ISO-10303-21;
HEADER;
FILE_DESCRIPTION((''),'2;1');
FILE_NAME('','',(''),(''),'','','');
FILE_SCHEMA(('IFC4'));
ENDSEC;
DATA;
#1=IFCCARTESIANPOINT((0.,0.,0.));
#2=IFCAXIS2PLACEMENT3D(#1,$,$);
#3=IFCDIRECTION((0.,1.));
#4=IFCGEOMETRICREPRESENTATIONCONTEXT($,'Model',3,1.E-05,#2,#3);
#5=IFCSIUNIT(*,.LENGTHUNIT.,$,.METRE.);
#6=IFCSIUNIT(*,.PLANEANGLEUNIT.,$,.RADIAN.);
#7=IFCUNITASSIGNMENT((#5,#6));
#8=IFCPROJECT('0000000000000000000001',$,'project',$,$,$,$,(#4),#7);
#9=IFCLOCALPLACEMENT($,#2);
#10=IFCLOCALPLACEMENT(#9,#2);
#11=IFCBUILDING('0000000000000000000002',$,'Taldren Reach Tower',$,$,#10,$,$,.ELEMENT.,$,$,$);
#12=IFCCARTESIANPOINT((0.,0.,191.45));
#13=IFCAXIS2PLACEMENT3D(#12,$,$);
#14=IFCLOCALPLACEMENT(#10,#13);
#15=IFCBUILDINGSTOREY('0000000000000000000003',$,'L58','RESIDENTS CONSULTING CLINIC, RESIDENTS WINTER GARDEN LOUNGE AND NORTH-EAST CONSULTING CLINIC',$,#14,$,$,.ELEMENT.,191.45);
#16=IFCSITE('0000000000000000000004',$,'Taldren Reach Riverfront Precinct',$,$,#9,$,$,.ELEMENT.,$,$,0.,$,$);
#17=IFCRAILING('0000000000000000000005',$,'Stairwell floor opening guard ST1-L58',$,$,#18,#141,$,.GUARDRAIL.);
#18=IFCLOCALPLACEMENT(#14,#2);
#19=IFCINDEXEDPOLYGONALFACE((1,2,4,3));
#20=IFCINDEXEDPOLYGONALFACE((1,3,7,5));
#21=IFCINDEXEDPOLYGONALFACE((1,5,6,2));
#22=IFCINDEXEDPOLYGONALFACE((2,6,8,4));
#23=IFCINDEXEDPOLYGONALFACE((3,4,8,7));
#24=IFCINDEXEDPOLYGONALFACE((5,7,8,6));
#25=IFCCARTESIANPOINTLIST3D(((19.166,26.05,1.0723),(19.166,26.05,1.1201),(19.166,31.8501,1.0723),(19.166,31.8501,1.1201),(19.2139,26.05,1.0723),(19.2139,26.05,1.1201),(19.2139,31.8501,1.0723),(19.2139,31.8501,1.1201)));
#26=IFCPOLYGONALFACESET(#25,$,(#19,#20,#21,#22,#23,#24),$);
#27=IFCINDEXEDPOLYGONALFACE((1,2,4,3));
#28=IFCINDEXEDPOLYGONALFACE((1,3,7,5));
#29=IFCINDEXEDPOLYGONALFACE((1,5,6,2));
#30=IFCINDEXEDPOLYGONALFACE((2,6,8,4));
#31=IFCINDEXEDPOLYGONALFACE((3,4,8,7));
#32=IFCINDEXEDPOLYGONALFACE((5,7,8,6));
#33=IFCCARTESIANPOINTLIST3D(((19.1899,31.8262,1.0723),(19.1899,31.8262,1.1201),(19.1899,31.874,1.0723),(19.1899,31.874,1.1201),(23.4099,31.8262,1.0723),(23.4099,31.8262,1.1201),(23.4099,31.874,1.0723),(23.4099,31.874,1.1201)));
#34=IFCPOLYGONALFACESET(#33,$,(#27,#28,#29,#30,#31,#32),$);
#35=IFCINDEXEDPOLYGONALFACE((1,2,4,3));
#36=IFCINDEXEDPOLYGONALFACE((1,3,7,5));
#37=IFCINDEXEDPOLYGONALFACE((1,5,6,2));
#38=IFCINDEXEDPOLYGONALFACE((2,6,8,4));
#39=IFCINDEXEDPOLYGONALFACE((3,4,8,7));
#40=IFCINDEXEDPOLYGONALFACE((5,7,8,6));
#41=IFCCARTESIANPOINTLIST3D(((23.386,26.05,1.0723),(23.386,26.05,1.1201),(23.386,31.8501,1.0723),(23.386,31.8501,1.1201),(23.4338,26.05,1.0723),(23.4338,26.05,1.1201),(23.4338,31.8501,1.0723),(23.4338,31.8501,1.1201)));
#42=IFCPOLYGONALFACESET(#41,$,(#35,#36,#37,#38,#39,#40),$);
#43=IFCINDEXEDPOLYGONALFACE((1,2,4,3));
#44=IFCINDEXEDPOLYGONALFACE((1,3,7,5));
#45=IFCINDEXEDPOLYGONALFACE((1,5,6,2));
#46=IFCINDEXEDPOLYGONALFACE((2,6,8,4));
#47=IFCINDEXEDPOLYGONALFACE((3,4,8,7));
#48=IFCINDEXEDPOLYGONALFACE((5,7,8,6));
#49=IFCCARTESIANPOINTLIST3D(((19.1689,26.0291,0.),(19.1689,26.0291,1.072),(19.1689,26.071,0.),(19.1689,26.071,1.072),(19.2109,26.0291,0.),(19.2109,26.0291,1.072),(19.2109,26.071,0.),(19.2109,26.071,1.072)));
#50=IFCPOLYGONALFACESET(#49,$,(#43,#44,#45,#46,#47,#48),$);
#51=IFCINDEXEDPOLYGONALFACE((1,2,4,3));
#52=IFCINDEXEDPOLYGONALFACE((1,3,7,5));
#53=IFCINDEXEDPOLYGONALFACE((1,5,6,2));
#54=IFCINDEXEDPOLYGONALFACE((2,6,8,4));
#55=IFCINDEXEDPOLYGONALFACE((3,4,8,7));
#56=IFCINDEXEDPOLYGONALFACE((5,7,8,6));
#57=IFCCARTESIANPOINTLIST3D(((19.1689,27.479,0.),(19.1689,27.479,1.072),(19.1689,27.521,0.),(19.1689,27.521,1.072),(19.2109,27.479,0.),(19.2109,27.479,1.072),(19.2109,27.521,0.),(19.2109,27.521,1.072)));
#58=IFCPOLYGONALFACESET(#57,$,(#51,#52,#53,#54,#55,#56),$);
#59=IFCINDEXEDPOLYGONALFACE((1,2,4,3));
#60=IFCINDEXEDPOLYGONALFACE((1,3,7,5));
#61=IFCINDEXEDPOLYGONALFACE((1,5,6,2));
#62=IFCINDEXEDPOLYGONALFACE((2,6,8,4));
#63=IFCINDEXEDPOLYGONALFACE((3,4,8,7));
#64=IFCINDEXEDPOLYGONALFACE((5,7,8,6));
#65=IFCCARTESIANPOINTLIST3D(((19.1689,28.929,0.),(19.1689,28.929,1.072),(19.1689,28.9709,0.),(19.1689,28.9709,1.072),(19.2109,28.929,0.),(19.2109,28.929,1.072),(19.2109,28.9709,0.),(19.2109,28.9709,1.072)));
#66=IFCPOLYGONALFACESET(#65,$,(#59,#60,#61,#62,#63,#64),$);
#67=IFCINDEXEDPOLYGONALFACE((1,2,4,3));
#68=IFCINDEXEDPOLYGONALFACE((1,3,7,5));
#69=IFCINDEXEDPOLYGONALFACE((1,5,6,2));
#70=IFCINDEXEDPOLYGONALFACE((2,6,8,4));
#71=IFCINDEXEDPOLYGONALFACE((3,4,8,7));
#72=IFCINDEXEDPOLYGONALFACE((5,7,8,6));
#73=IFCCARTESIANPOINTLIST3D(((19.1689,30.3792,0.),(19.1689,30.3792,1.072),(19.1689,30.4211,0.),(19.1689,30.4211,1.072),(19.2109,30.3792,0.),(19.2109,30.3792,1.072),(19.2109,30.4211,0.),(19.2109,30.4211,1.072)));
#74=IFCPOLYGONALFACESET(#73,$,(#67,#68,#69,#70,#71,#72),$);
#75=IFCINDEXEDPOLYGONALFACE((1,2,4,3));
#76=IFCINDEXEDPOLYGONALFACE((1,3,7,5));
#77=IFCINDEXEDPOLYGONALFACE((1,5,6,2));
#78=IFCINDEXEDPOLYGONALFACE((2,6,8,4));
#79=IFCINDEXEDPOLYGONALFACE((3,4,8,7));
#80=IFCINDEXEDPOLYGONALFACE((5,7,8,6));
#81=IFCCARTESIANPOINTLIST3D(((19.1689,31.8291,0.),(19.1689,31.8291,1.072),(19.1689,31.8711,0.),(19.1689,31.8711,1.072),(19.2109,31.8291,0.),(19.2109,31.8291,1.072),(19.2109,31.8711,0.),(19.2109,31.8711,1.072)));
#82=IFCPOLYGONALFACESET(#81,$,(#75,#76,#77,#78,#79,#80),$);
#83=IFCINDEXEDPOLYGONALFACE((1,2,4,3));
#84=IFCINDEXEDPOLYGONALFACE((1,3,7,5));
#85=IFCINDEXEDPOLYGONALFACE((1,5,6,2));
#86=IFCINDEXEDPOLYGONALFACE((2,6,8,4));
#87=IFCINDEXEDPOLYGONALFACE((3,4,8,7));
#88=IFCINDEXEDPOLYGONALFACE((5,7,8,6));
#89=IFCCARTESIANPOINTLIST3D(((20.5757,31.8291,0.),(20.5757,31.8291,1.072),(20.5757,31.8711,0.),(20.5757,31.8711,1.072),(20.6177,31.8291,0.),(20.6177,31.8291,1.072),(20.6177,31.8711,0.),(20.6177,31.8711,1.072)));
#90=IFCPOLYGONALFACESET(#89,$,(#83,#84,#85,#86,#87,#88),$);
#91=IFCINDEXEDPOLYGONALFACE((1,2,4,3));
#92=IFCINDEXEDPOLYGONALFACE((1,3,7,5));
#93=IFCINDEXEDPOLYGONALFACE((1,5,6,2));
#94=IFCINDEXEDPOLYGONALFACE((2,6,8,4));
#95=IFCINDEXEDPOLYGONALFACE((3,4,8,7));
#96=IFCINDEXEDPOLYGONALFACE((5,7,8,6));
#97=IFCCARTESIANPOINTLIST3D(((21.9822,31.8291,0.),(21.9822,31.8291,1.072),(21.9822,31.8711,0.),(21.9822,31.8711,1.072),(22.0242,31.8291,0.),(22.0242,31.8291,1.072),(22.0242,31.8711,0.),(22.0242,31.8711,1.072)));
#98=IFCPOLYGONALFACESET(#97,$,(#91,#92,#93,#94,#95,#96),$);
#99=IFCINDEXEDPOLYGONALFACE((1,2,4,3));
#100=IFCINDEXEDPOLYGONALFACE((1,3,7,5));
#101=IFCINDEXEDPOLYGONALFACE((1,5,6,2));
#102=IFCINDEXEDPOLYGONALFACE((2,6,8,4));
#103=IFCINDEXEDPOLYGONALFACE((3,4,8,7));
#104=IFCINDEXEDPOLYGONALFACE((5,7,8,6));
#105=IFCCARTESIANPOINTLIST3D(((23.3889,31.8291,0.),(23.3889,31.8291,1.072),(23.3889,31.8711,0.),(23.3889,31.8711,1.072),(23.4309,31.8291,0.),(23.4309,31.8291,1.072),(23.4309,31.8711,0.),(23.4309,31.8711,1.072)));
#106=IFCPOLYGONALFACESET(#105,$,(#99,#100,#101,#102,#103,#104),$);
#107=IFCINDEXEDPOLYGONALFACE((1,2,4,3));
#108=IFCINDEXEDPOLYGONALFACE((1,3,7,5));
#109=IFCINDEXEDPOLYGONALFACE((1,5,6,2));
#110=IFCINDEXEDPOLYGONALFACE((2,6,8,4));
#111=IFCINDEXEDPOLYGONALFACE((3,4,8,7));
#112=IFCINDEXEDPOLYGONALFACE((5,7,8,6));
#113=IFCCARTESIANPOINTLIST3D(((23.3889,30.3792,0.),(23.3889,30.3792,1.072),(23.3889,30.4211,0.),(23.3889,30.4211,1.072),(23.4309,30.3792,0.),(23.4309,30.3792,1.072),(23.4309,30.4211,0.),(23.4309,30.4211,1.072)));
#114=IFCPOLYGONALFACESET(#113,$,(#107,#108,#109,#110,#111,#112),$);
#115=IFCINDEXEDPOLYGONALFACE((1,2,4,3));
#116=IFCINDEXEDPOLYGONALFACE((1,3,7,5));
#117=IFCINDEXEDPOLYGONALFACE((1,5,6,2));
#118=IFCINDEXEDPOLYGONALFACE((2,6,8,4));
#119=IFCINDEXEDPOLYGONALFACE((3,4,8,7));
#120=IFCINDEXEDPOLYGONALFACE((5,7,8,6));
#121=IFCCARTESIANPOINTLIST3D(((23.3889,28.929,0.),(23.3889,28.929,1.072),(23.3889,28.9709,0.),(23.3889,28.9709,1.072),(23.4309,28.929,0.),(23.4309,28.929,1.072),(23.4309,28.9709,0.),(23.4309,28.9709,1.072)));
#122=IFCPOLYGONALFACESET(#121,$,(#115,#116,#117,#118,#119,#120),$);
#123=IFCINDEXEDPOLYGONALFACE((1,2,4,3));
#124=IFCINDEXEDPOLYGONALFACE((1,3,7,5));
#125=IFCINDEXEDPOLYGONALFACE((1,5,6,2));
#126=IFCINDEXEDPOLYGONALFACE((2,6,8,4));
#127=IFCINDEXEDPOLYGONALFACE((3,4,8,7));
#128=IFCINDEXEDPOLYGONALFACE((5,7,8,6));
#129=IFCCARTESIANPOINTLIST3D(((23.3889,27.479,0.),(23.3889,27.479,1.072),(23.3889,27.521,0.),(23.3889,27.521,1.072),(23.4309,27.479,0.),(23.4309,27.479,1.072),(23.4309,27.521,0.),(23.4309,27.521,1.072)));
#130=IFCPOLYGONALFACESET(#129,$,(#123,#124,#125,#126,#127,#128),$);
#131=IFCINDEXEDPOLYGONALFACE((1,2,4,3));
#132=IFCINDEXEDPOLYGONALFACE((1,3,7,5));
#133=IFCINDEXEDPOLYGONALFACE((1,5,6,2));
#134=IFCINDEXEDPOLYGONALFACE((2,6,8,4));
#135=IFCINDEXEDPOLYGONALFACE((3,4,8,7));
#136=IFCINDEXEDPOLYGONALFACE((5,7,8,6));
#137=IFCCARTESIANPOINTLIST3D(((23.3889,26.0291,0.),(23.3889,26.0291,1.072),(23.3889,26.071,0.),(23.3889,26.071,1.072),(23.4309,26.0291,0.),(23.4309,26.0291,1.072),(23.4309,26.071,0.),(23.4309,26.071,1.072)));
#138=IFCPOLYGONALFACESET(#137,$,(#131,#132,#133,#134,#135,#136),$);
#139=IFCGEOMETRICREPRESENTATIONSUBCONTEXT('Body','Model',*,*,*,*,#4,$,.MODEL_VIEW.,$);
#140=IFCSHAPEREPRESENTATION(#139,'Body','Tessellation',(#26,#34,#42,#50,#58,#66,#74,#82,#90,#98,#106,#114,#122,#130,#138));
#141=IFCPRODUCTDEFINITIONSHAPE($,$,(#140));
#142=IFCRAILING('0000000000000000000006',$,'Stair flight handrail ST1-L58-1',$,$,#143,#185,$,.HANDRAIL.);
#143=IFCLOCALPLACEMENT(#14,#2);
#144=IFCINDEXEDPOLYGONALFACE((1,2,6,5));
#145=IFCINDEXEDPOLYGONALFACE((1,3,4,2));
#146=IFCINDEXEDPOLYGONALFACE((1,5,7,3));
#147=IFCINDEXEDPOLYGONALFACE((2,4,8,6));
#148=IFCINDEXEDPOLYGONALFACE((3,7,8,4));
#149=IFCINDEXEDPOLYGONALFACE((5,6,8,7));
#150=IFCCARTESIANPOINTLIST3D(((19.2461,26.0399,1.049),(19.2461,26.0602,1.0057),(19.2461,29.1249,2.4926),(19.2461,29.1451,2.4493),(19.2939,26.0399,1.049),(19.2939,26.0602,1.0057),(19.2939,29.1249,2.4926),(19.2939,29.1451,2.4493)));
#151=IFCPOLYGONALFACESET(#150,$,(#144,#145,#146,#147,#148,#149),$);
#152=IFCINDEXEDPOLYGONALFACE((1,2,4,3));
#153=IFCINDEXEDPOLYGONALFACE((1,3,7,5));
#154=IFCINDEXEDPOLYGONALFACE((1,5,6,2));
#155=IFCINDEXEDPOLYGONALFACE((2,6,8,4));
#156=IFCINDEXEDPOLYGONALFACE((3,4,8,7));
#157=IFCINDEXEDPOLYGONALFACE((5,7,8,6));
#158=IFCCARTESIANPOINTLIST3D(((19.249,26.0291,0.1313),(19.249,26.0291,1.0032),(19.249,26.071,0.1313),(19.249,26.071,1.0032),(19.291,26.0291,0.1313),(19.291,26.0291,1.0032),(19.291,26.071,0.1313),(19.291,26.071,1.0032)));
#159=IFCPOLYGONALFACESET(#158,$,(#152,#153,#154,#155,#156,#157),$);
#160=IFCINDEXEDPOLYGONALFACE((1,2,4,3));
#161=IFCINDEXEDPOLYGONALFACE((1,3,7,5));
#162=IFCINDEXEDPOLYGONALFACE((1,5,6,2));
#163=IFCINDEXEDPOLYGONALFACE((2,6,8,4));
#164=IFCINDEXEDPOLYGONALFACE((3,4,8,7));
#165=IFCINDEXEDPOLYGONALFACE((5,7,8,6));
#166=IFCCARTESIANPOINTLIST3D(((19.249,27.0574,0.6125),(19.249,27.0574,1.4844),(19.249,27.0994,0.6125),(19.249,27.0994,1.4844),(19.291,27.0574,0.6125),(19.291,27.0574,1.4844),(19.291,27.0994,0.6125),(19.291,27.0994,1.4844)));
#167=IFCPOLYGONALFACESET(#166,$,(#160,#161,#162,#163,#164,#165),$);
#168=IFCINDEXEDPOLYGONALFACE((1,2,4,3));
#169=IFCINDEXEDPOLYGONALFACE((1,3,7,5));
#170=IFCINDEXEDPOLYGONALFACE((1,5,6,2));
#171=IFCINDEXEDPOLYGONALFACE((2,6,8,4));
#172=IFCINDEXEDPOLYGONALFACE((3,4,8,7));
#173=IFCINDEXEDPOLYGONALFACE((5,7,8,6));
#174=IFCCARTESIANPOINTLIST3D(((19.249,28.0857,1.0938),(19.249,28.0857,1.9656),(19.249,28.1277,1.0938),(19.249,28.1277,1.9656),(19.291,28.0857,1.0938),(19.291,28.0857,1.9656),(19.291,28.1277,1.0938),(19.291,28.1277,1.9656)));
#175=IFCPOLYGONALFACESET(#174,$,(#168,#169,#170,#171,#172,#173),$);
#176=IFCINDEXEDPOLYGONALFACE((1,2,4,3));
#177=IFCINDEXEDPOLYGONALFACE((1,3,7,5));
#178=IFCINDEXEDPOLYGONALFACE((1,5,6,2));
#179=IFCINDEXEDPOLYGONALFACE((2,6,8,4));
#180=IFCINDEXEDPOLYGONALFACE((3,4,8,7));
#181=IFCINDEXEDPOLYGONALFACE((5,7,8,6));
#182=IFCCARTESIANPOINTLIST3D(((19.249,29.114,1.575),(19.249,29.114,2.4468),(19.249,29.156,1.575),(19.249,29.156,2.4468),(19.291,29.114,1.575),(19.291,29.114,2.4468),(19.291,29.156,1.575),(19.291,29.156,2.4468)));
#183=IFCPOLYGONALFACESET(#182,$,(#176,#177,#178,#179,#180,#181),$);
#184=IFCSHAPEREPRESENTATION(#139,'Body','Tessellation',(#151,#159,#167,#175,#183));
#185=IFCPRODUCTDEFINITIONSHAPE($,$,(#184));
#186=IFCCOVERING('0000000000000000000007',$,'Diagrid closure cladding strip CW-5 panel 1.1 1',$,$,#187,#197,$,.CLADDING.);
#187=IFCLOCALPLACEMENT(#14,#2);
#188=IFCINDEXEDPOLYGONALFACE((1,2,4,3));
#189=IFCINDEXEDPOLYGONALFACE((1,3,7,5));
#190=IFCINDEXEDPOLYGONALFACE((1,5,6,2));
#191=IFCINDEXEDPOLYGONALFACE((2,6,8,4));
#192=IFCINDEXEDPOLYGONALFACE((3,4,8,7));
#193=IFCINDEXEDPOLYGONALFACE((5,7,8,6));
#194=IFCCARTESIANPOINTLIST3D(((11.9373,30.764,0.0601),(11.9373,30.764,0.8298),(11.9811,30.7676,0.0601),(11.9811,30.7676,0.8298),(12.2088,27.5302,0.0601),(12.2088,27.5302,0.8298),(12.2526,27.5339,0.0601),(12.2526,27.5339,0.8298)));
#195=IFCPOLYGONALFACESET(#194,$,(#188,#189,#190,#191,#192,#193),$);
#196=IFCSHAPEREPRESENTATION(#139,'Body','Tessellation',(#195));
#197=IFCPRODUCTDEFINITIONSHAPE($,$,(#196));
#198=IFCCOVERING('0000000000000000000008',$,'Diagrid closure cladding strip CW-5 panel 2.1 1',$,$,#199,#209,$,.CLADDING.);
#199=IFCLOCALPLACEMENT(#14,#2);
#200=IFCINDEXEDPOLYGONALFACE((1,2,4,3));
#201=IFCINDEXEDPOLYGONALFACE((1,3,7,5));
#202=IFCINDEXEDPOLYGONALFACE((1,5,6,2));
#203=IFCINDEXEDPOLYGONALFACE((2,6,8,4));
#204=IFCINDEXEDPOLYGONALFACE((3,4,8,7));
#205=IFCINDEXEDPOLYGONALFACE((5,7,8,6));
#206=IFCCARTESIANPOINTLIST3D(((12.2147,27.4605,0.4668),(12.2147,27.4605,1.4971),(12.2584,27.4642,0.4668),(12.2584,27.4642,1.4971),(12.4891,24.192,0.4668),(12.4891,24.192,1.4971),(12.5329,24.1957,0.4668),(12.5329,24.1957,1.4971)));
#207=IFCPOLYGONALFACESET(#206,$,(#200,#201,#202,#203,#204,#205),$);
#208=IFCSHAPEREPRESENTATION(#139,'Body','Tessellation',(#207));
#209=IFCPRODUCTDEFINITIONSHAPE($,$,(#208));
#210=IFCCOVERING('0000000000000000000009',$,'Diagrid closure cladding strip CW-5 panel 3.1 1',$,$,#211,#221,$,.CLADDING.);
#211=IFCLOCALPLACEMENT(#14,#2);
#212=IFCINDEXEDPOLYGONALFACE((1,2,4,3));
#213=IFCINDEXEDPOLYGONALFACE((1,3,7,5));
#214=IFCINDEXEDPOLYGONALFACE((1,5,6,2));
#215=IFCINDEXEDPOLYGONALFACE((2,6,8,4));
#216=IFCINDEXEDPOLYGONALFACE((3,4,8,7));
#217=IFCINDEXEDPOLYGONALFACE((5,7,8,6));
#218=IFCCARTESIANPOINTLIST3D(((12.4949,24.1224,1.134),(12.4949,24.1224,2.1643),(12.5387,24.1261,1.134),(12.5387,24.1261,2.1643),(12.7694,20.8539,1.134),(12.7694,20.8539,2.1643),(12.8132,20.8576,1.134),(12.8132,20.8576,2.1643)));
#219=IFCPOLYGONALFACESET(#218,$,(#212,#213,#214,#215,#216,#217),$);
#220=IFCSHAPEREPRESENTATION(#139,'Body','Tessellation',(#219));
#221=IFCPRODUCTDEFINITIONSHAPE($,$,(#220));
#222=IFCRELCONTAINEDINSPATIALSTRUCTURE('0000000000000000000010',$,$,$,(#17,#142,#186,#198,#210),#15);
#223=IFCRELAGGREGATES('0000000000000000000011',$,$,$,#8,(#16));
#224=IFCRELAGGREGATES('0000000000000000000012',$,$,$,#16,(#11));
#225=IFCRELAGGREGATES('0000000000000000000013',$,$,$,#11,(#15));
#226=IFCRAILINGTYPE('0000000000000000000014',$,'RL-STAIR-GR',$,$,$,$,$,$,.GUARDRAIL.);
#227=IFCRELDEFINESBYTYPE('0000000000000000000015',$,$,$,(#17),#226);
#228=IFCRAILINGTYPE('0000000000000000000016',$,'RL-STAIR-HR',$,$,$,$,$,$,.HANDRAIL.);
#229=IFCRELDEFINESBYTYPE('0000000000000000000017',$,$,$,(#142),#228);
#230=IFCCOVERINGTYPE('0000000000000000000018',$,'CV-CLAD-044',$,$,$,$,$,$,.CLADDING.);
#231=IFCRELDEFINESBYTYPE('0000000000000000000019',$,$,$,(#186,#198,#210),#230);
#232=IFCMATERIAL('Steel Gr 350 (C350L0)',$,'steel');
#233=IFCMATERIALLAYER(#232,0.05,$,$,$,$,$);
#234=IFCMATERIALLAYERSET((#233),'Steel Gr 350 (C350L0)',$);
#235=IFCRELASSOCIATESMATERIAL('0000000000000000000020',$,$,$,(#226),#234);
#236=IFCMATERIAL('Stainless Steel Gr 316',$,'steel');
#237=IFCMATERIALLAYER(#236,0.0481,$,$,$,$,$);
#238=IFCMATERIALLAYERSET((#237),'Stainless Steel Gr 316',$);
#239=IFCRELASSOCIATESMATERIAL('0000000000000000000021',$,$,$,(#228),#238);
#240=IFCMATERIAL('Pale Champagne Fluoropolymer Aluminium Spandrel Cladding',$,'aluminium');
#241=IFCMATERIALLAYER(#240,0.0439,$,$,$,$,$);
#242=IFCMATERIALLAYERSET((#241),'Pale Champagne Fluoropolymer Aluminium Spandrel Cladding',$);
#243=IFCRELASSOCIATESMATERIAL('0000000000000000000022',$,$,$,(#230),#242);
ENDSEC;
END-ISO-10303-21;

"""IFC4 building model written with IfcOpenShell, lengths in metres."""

from ifc_helpers import new_model, si_unit, direction, frame, origin, origin_2d, place, context, subcontext, project, spatial, rectangle, extrude, source, transform, mapped, material, layer, layer_set, type_object, element, save


model = new_model("IFC4")

# Units and contexts
model_context = context("Model", 3, precision=1e-05, world=origin(), true_north=direction((0.0, 1.0)))
body_context = subcontext(model_context, "Body", "Model", "MODEL_VIEW")
ifc_project = project(units=[si_unit("LENGTHUNIT", "METRE"), si_unit("PLANEANGLEUNIT", "RADIAN")], contexts=[model_context])

# Site, building, storey
site_placement = place(None, origin())
site = spatial("IfcSite", under=ifc_project, at=site_placement, Name="Taldren Reach Riverfront Precinct", CompositionType="ELEMENT", RefElevation=0.0)
building_placement = place(site_placement, origin())
building = spatial("IfcBuilding", under=site, at=building_placement, Name="Taldren Reach Tower", CompositionType="ELEMENT")
storey_placement = place(building_placement, frame((0.0, 0.0, 191.45)))
storey = spatial("IfcBuildingStorey", under=building, at=storey_placement, Name="L58", Description="RESIDENTS CONSULTING CLINIC, RESIDENTS WINTER GARDEN LOUNGE AND NORTH-EAST CONSULTING CLINIC", CompositionType="ELEMENT", Elevation=191.45)

# Shared definitions
ifc_material_1 = material(Name="Steel Gr 350 (C350L0)", Category="steel")

# Railings
ifc_layer_1 = layer(ifc_material_1, 0.05)
ifc_layer_set_1 = layer_set([ifc_layer_1], Name="Steel Gr 350 (C350L0)")
railing_type_1 = type_object("IfcRailingType", Name="RL-STAIR-GR", PredefinedType="GUARDRAIL", material=ifc_layer_set_1)
railing_1_placement = place(storey_placement, frame((19.1899, 26.05, 0.0)))
element("IfcRailing", 1, at=railing_1_placement, inside=storey, type_object=railing_type_1, Name="Stairwell floor opening guard ST1-L58", PredefinedType="GUARDRAIL", context=body_context, shape_type="SweptSolid", body=[
    extrude(rectangle(XDim=0.0479, YDim=0.0479, at=origin_2d()), frame((0.0, 0.0, 1.0962), z_axis=(0.0, 1.0, 0.0), x_axis=(-1.0, 0.0, 0.0)), (0.0, 0.0, 1.0), 5.8),
    extrude(rectangle(XDim=0.0479, YDim=0.0479, at=origin_2d()), frame((0.0, 5.8, 1.0962), z_axis=(1.0, 0.0, 0.0), x_axis=(0.0, 1.0, 0.0)), (0.0, 0.0, 1.0), 4.22),
    extrude(rectangle(XDim=0.0479, YDim=0.0479, at=origin_2d()), frame((4.22, 5.8, 1.0962), z_axis=(0.0, -1.0, 0.0), x_axis=(1.0, 0.0, 0.0)), (0.0, 0.0, 1.0), 5.8),
    extrude(rectangle(XDim=0.042, YDim=0.042, at=origin_2d()), origin(), (0.0, 0.0, 1.0), 1.072),
    extrude(rectangle(XDim=0.042, YDim=0.042, at=origin_2d()), frame((0.0, 1.45, 0.0)), (0.0, 0.0, 1.0), 1.072),
    extrude(rectangle(XDim=0.042, YDim=0.042, at=origin_2d()), frame((0.0, 2.8999, 0.0)), (0.0, 0.0, 1.0), 1.072),
    extrude(rectangle(XDim=0.042, YDim=0.042, at=origin_2d()), frame((0.0, 4.3501, 0.0)), (0.0, 0.0, 1.0), 1.072),
    extrude(rectangle(XDim=0.042, YDim=0.042, at=origin_2d()), frame((0.0, 5.8, 0.0)), (0.0, 0.0, 1.0), 1.072),
    extrude(rectangle(XDim=0.042, YDim=0.042, at=origin_2d()), frame((1.4067, 5.8, 0.0)), (0.0, 0.0, 1.0), 1.072),
    extrude(rectangle(XDim=0.042, YDim=0.042, at=origin_2d()), frame((2.8132, 5.8, 0.0)), (0.0, 0.0, 1.0), 1.072),
    extrude(rectangle(XDim=0.042, YDim=0.042, at=origin_2d()), frame((4.22, 5.8, 0.0)), (0.0, 0.0, 1.0), 1.072),
    extrude(rectangle(XDim=0.042, YDim=0.042, at=origin_2d()), frame((4.22, 4.3501, 0.0)), (0.0, 0.0, 1.0), 1.072),
    extrude(rectangle(XDim=0.042, YDim=0.042, at=origin_2d()), frame((4.22, 2.8999, 0.0)), (0.0, 0.0, 1.0), 1.072),
    extrude(rectangle(XDim=0.042, YDim=0.042, at=origin_2d()), frame((4.22, 1.45, 0.0)), (0.0, 0.0, 1.0), 1.072),
    extrude(rectangle(XDim=0.042, YDim=0.042, at=origin_2d()), frame((4.22, 0.0, 0.0)), (0.0, 0.0, 1.0), 1.072),
])
ifc_material_2 = material(Name="Stainless Steel Gr 316", Category="steel")
ifc_layer_2 = layer(ifc_material_2, 0.0481)
ifc_layer_set_2 = layer_set([ifc_layer_2], Name="Stainless Steel Gr 316")
railing_type_2 = type_object("IfcRailingType", Name="RL-STAIR-HR", PredefinedType="HANDRAIL", material=ifc_layer_set_2)
railing_2_placement = place(storey_placement, frame((19.27, 26.05, 0.1313)))
element("IfcRailing", 2, at=railing_2_placement, inside=storey, type_object=railing_type_2, Name="Stair flight handrail ST1-L58-1", PredefinedType="HANDRAIL", context=body_context, shape_type="SweptSolid", body=[
    extrude(rectangle(XDim=0.0479, YDim=0.0479, at=origin_2d()), frame((0.0, 0.0, 0.896), z_axis=(0.0, 0.905738, 0.423839), x_axis=(-1.0, 0.0, 0.0)), (0.0, 0.0, 1.0), 3.406),
    extrude(rectangle(XDim=0.042, YDim=0.042, at=origin_2d()), origin(), (0.0, 0.0, 1.0), 0.8718),
    extrude(rectangle(XDim=0.042, YDim=0.042, at=origin_2d()), frame((0.0, 1.0283, 0.4812)), (0.0, 0.0, 1.0), 0.8718),
    extrude(rectangle(XDim=0.042, YDim=0.042, at=origin_2d()), frame((0.0, 2.0566, 0.9624)), (0.0, 0.0, 1.0), 0.8718),
    extrude(rectangle(XDim=0.042, YDim=0.042, at=origin_2d()), frame((0.0, 3.085, 1.4436)), (0.0, 0.0, 1.0), 0.8718),
])

# Coverings
ifc_material_3 = material(Name="Pale Champagne Fluoropolymer Aluminium Spandrel Cladding", Category="aluminium")
ifc_layer_3 = layer(ifc_material_3, 0.0439)
ifc_layer_set_3 = layer_set([ifc_layer_3], Name="Pale Champagne Fluoropolymer Aluminium Spandrel Cladding")
covering_type = type_object("IfcCoveringType", Name="CV-CLAD-044", PredefinedType="CLADDING", material=ifc_layer_set_3)
shared_shape_1 = source(origin(), body_context, "Body", "SweptSolid", [
    extrude(rectangle(XDim=3.2451, YDim=0.0439, at=origin_2d()), origin(), (0.0, 0.0, 1.0), 0.7698),
])
covering_placement = place(storey_placement, frame((12.095, 29.1489, 0.0601), z_axis=(0.0, 0.0, 1.0), x_axis=(0.083678, -0.996493, 0.0)))
element("IfcCovering", 3, at=covering_placement, inside=storey, type_object=covering_type, Name="Diagrid closure cladding strip CW-5 panel 1.1 1", PredefinedType="CLADDING", context=body_context, shape_type="MappedRepresentation", body=[
    mapped(shared_shape_1, transform((0.0, 0.0, 0.0), scale=1.0)),
])
shared_shape_2 = source(origin(), body_context, "Body", "SweptSolid", [
    extrude(rectangle(XDim=3.28, YDim=0.0439, at=origin_2d()), origin(), (0.0, 0.0, 1.0), 1.0303),
])
for number, where, z_axis, x_axis, name in (
    (4, (12.3738, 25.8281, 0.4668), (0.0, 0.0, 1.0), (0.083678, -0.996493, 0.0), "Diagrid closure cladding strip CW-5 panel 2.1 1"),
    (5, (12.6541, 22.49, 1.134), (0.0, 0.0, 1.0), (0.083678, -0.996493, 0.0), "Diagrid closure cladding strip CW-5 panel 3.1 1"),
):
    element("IfcCovering", number, at=place(storey_placement, frame(where, z_axis=z_axis, x_axis=x_axis)), inside=storey, type_object=covering_type, Name=name, PredefinedType="CLADDING", context=body_context, shape_type="MappedRepresentation", body=[
        mapped(shared_shape_2, transform((0.0, 0.0, 0.0), scale=1.0)),
    ])

save(model, "model.ifc")
